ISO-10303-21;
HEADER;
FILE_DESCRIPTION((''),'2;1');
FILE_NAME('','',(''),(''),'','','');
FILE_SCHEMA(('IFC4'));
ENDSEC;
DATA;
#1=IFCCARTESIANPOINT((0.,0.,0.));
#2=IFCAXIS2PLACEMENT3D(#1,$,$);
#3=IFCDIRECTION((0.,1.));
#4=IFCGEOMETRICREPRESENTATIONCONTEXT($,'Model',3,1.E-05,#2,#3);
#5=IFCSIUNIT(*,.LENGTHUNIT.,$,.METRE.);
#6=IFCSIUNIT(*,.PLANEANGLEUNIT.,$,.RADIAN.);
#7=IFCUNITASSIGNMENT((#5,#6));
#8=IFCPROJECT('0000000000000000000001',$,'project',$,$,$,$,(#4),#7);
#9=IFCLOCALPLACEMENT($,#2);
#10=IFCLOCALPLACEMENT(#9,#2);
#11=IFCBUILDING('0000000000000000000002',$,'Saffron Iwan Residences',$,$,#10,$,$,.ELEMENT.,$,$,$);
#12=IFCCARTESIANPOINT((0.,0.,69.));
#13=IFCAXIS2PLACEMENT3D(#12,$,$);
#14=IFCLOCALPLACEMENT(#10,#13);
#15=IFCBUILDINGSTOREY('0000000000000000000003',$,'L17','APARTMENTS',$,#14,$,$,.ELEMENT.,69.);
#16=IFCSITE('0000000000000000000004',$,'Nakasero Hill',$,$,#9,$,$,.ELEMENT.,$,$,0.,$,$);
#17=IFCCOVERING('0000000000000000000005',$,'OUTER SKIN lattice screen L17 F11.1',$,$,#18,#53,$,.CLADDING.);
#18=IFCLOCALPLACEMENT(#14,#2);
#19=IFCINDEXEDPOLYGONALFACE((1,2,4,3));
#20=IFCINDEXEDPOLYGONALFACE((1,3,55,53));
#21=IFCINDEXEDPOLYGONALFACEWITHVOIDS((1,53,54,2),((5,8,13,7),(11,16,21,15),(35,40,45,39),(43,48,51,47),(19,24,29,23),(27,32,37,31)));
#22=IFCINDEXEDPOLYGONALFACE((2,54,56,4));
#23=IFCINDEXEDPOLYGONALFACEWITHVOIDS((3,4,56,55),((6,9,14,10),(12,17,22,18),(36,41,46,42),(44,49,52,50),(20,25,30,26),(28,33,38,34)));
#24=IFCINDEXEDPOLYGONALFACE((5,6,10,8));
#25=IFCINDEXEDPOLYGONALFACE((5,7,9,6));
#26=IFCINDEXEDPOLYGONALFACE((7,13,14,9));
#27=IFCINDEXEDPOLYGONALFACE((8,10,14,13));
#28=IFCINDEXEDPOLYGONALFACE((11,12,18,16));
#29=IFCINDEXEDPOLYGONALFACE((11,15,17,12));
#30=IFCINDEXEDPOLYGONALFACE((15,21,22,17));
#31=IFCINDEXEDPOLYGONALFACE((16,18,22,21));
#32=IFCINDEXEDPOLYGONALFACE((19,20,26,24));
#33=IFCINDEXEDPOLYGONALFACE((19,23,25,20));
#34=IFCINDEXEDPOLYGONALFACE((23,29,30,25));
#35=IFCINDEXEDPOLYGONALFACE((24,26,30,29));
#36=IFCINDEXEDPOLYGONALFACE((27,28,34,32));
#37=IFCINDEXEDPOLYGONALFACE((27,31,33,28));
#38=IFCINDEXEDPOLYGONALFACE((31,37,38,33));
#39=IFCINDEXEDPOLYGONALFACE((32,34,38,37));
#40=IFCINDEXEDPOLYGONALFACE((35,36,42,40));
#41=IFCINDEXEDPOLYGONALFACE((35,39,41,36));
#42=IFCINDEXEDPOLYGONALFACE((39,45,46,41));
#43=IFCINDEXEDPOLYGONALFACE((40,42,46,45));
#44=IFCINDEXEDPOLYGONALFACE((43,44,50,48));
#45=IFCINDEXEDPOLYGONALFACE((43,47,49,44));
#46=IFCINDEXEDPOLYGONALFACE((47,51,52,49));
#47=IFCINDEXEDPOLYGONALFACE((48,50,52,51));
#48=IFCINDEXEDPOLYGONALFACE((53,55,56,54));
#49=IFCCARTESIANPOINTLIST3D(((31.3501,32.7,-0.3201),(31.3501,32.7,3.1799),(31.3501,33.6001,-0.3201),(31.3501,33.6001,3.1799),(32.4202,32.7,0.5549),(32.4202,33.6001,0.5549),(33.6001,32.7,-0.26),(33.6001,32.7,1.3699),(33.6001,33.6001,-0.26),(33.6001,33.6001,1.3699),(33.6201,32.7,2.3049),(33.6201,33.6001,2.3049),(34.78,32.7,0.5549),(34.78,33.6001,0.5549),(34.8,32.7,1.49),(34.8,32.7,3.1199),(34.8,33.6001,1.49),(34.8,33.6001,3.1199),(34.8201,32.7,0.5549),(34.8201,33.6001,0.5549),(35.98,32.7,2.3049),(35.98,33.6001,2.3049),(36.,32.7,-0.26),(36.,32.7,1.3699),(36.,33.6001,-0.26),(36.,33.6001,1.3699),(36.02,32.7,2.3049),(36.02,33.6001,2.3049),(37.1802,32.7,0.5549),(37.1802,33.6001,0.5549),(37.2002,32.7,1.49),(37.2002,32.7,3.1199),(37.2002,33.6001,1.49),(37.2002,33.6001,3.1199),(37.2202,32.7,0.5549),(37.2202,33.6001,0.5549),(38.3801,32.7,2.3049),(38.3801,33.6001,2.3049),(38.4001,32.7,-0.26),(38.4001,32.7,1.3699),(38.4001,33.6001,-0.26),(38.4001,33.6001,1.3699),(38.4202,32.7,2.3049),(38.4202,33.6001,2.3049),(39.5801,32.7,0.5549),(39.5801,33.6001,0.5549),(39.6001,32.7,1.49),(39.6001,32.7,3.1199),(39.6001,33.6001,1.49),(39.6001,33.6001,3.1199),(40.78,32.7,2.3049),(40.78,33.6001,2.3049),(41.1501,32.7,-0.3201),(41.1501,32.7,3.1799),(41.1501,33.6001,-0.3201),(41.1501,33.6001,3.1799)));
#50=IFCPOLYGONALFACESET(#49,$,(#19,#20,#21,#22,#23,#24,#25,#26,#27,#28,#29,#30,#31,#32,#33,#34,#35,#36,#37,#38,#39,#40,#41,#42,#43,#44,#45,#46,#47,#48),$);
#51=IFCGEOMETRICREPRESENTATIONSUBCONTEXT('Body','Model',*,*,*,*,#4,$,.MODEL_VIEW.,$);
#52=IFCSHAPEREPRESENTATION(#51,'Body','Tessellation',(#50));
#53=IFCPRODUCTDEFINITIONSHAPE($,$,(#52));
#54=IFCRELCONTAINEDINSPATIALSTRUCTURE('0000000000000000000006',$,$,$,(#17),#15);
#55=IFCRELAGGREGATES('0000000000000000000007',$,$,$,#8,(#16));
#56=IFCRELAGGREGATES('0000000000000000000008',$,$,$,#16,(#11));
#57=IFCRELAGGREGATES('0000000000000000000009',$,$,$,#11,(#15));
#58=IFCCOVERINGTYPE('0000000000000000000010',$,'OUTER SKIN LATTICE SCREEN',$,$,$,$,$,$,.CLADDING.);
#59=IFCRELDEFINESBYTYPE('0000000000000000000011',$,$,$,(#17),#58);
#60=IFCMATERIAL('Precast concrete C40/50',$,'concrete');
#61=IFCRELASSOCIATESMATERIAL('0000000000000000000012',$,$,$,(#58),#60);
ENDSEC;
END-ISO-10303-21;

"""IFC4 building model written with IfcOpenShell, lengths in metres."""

from ifc_helpers import new_model, si_unit, direction, frame, origin, place, context, subcontext, project, spatial, polyline, outline, extrude, material, type_object, element, save


model = new_model("IFC4")

# Units and contexts
model_context = context("Model", 3, precision=1e-05, world=origin(), true_north=direction((0.0, 1.0)))
body_context = subcontext(model_context, "Body", "Model", "MODEL_VIEW")
ifc_project = project(units=[si_unit("LENGTHUNIT", "METRE"), si_unit("PLANEANGLEUNIT", "RADIAN")], contexts=[model_context])

# Site, building, storey
site_placement = place(None, origin())
site = spatial("IfcSite", under=ifc_project, at=site_placement, Name="Nakasero Hill", CompositionType="ELEMENT", RefElevation=0.0)
building_placement = place(site_placement, origin())
building = spatial("IfcBuilding", under=site, at=building_placement, Name="Saffron Iwan Residences", CompositionType="ELEMENT")
storey_placement = place(building_placement, frame((0.0, 0.0, 69.0)))
storey = spatial("IfcBuildingStorey", under=building, at=storey_placement, Name="L17", Description="APARTMENTS", CompositionType="ELEMENT", Elevation=69.0)

# Covering
ifc_material_1 = material(Name="Precast concrete C40/50", Category="concrete")
covering_type_1 = type_object("IfcCoveringType", Name="OUTER SKIN LATTICE SCREEN", PredefinedType="CLADDING", material=ifc_material_1)
covering_1_placement = place(storey_placement, frame((31.3501, 33.6001, -0.3201), z_axis=(0.0, -1.0, 0.0), x_axis=(1.0, 0.0, 0.0)))
element("IfcCovering", 1, at=covering_1_placement, inside=storey, type_object=covering_type_1, Name="OUTER SKIN lattice screen L17 F11.1", PredefinedType="CLADDING", context=body_context, shape_type="SweptSolid", body=[
    extrude(outline(polyline([(0.0, 0.0), (9.8, 0.0), (9.8, 3.5), (0.0, 3.5), (0.0, 0.0)]), holes=[polyline([(1.0701, 0.875), (2.25, 0.0601), (3.4299, 0.875), (2.25, 1.6899), (1.0701, 0.875)]), polyline([(3.47, 0.875), (4.6499, 0.0601), (5.8301, 0.875), (4.6499, 1.6899), (3.47, 0.875)]), polyline([(5.8701, 0.875), (7.05, 0.0601), (8.23, 0.875), (7.05, 1.6899), (5.8701, 0.875)]), polyline([(2.27, 2.625), (3.45, 1.8101), (4.6299, 2.625), (3.45, 3.4399), (2.27, 2.625)]), polyline([(4.6699, 2.625), (5.8501, 1.8101), (7.03, 2.625), (5.8501, 3.4399), (4.6699, 2.625)]), polyline([(7.0701, 2.625), (8.25, 1.8101), (9.4299, 2.625), (8.25, 3.4399), (7.0701, 2.625)])]), origin(), (0.0, 0.0, 1.0), 0.9001),
])

save(model, "model.ifc")
